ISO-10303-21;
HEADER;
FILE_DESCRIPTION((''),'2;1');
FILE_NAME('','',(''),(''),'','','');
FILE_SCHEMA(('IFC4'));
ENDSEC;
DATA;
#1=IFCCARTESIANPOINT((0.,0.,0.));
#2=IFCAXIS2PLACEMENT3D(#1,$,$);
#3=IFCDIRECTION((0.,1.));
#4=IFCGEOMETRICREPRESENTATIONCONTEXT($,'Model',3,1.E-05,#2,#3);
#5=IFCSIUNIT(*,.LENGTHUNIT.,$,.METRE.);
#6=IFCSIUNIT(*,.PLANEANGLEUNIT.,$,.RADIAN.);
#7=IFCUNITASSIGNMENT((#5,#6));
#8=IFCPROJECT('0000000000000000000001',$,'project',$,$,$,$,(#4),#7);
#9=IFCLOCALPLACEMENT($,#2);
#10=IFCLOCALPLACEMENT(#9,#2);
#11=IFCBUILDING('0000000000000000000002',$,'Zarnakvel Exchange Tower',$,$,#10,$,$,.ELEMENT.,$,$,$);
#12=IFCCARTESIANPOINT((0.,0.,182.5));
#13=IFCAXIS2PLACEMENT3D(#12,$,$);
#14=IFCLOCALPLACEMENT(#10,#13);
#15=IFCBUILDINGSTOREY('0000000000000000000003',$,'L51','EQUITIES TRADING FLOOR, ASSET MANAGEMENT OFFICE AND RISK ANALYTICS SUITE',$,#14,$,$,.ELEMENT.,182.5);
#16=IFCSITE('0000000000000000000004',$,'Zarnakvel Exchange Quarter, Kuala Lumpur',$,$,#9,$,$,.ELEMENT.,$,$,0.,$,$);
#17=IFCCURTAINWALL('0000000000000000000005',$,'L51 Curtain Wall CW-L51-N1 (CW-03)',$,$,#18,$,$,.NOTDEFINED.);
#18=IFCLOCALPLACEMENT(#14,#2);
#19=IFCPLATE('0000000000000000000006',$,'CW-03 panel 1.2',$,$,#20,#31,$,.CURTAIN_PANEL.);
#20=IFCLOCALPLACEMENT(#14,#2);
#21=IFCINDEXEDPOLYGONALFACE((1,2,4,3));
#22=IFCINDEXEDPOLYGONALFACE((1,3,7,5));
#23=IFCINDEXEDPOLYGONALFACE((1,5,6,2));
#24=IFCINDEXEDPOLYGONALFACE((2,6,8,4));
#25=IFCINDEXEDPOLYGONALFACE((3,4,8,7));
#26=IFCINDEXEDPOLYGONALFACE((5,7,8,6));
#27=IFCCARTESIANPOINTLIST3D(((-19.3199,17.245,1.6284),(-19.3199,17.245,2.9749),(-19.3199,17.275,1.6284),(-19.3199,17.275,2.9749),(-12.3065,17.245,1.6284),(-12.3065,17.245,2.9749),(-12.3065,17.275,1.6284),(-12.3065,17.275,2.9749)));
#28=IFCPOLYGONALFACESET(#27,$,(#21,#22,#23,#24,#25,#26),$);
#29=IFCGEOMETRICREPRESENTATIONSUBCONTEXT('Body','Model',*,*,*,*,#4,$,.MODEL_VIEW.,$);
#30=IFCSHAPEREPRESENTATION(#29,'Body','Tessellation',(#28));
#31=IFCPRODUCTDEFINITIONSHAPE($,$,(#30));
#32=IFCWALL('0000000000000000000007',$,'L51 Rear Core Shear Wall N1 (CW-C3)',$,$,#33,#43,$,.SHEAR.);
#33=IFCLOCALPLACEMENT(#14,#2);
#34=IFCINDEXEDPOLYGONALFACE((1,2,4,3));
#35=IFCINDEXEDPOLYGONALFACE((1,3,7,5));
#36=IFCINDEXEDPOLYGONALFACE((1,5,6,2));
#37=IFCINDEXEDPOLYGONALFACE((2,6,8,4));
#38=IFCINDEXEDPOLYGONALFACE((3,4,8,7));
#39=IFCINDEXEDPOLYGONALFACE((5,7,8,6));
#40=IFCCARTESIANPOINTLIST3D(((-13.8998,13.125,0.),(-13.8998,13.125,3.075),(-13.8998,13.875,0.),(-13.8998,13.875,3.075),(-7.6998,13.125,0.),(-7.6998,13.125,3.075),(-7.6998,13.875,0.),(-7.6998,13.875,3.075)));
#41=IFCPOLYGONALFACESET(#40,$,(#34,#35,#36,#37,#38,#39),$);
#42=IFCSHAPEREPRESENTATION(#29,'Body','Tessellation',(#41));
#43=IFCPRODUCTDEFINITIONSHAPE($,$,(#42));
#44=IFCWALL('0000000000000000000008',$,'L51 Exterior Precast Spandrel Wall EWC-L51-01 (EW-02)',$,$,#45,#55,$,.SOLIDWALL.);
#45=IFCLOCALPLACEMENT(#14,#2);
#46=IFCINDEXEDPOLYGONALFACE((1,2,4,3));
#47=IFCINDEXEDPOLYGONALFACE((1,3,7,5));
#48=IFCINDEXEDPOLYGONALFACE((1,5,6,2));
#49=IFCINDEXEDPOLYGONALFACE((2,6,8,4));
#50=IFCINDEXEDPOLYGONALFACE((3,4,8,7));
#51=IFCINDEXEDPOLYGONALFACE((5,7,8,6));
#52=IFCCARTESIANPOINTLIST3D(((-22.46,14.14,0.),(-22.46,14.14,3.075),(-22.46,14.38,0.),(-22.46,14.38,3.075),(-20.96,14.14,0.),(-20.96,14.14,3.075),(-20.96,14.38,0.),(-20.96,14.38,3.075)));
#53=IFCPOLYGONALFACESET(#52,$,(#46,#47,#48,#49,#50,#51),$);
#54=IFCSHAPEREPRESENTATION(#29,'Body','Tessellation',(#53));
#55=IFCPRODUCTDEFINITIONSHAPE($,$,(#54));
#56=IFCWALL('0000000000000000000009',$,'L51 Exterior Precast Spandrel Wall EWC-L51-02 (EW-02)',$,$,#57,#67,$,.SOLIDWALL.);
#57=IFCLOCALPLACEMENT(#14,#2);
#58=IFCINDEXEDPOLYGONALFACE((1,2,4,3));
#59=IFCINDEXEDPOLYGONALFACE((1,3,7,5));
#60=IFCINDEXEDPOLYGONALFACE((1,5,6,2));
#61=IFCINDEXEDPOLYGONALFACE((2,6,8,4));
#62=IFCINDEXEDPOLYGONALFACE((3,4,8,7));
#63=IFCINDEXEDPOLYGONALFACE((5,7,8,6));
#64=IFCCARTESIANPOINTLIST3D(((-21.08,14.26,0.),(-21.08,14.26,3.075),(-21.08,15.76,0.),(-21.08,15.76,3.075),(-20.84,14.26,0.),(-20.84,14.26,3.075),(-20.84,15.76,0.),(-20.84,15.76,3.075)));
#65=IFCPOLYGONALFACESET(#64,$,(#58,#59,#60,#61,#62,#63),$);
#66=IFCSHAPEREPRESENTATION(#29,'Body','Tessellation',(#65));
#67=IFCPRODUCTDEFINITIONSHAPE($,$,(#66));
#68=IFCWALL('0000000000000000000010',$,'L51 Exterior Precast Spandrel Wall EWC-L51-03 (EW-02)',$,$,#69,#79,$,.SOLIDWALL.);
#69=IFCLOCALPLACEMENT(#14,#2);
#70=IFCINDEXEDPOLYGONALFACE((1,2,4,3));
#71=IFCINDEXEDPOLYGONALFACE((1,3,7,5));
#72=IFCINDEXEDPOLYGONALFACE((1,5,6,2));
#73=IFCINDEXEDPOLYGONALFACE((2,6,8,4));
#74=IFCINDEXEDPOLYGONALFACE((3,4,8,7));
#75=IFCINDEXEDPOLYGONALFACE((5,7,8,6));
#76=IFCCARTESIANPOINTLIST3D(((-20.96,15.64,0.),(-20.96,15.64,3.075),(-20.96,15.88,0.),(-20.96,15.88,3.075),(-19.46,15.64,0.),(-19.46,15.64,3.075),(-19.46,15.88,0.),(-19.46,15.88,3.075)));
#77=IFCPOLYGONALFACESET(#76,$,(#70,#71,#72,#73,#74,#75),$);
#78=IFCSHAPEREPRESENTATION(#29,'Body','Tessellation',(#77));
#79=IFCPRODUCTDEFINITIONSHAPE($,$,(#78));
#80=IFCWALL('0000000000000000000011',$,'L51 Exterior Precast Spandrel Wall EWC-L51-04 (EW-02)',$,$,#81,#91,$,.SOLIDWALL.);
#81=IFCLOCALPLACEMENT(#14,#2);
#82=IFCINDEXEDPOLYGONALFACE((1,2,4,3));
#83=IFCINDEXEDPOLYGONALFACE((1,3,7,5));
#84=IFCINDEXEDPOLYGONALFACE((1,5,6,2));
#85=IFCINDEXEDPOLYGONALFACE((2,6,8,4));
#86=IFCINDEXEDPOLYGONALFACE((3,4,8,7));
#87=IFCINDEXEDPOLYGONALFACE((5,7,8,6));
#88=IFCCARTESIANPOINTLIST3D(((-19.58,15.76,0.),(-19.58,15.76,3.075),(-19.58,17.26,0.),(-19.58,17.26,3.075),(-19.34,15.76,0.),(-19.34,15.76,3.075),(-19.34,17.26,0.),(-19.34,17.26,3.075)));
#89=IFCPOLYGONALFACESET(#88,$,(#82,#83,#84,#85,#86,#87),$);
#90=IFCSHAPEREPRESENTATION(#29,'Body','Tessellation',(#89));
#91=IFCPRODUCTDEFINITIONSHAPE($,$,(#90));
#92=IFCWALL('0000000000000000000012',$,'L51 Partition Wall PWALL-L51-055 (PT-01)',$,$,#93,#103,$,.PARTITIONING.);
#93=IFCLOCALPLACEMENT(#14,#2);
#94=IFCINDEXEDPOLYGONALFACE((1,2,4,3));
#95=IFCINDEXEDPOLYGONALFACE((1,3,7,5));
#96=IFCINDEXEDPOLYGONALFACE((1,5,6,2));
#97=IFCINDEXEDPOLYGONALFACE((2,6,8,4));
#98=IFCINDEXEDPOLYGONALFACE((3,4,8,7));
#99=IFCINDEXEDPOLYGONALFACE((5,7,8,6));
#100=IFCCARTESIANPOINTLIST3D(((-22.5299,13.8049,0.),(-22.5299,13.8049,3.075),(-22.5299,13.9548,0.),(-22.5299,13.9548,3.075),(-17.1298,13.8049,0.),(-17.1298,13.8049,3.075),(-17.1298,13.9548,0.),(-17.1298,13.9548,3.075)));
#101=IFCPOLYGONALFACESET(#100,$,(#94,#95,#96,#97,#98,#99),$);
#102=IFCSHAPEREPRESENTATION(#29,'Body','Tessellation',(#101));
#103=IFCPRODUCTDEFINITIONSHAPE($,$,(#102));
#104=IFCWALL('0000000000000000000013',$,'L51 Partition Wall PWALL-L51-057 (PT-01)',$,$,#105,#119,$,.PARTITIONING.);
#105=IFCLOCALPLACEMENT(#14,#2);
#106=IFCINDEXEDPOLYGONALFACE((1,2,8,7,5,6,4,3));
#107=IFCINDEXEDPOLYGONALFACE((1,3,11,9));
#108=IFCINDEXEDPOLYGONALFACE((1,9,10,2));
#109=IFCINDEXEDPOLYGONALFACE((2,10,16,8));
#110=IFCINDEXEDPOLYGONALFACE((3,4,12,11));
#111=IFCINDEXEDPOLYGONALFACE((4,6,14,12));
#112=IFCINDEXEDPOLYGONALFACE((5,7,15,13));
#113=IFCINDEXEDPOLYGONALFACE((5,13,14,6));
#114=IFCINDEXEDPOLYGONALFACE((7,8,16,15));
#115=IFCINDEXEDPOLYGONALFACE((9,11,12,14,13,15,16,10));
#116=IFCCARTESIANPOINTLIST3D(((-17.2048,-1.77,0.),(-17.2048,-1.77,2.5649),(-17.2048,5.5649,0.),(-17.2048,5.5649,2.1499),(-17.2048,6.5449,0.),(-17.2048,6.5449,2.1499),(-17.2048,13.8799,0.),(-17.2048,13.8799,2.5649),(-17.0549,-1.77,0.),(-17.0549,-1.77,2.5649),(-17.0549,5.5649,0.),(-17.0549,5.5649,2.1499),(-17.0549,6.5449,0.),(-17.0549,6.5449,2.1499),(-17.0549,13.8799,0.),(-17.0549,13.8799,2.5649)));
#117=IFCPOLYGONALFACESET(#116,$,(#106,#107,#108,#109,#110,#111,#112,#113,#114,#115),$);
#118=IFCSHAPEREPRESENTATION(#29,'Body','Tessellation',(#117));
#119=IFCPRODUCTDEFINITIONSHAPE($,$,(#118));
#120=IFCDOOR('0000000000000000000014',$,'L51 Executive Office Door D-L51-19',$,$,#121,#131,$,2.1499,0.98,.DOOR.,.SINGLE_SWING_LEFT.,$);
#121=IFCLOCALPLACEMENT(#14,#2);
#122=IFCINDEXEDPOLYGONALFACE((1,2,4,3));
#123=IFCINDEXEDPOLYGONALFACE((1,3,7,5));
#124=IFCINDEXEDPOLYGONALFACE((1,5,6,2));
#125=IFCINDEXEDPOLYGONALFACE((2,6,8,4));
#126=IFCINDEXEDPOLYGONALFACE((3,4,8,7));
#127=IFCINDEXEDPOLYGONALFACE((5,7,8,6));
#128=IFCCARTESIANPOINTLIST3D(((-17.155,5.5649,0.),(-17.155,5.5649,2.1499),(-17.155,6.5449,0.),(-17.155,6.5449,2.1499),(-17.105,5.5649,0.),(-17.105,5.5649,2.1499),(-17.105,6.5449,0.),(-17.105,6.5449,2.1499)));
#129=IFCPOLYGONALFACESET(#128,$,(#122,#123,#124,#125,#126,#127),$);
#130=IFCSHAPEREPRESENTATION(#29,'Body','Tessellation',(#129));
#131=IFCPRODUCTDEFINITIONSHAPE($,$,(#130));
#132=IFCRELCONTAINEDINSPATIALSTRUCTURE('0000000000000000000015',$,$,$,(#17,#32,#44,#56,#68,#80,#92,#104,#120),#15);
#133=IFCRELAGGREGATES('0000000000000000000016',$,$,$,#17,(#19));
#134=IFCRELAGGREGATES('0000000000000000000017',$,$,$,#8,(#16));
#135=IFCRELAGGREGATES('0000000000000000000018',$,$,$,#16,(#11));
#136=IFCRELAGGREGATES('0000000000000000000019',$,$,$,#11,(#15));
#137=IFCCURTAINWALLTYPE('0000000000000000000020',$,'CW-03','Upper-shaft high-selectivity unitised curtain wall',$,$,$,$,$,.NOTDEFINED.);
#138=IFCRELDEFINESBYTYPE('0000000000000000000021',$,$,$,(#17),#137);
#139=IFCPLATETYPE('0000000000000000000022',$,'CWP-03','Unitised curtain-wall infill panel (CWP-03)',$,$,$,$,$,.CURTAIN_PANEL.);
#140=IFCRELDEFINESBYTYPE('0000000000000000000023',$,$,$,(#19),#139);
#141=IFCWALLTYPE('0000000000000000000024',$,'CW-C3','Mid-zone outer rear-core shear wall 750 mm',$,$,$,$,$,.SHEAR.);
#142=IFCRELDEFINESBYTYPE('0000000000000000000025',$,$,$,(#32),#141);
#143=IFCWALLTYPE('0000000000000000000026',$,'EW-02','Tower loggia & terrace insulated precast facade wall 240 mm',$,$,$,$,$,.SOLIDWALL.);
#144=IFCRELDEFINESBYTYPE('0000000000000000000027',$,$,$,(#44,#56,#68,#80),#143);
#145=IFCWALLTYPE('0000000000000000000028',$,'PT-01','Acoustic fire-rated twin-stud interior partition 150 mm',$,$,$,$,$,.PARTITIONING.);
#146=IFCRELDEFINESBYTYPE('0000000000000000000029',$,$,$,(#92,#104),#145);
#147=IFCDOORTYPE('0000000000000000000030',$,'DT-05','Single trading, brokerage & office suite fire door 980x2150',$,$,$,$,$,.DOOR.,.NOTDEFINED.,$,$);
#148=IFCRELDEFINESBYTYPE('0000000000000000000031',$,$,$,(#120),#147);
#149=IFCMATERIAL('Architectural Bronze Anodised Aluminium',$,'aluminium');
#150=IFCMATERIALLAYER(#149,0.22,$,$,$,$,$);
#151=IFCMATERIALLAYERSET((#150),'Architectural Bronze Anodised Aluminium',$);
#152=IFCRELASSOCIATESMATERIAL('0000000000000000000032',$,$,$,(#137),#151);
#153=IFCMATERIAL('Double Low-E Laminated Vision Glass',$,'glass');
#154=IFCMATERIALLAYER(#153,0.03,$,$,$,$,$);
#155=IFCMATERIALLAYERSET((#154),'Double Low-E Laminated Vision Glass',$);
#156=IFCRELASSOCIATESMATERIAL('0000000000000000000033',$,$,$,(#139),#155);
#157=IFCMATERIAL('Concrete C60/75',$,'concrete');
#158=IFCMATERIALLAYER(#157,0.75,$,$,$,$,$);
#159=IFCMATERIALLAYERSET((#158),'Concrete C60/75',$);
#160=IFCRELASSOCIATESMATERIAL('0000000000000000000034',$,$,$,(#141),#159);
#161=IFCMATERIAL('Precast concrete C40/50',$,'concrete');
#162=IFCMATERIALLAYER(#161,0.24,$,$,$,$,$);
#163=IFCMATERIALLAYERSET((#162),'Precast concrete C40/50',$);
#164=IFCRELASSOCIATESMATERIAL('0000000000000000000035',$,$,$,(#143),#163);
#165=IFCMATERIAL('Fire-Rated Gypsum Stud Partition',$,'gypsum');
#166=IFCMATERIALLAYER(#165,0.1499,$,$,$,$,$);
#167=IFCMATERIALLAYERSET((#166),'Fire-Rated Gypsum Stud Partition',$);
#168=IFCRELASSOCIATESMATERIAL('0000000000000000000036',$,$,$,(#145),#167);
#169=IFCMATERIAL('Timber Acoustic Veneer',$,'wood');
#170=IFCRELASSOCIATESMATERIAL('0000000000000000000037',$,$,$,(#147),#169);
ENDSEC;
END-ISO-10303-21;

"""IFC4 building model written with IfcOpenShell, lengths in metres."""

from ifc_helpers import new_model, si_unit, direction, frame, frame_2d, origin, origin_2d, place, context, subcontext, project, spatial, rectangle, extrude, source, transform, mapped, material, layer, layer_set, type_object, element, fill, aggregate, save


model = new_model("IFC4")

# Units and contexts
model_context = context("Model", 3, precision=1e-05, world=origin(), true_north=direction((0.0, 1.0)))
body_context = subcontext(model_context, "Body", "Model", "MODEL_VIEW")
ifc_project = project(units=[si_unit("LENGTHUNIT", "METRE"), si_unit("PLANEANGLEUNIT", "RADIAN")], contexts=[model_context])

# Site, building, storey
site_placement = place(None, origin())
site = spatial("IfcSite", under=ifc_project, at=site_placement, Name="Zarnakvel Exchange Quarter, Kuala Lumpur", CompositionType="ELEMENT", RefElevation=0.0)
building_placement = place(site_placement, origin())
building = spatial("IfcBuilding", under=site, at=building_placement, Name="Zarnakvel Exchange Tower", CompositionType="ELEMENT")
storey_placement = place(building_placement, frame((0.0, 0.0, 182.5)))
storey = spatial("IfcBuildingStorey", under=building, at=storey_placement, Name="L51", Description="EQUITIES TRADING FLOOR, ASSET MANAGEMENT OFFICE AND RISK ANALYTICS SUITE", CompositionType="ELEMENT", Elevation=182.5)

# Shared definitions
ifc_material_1 = material(Name="Concrete C60/75", Category="concrete")

# Shared definitions
ifc_material_2 = material(Name="Architectural Bronze Anodised Aluminium", Category="aluminium")

# Curtain wall, plate
ifc_layer_1 = layer(ifc_material_2, 0.22)
ifc_layer_set_1 = layer_set([ifc_layer_1], Name="Architectural Bronze Anodised Aluminium")
curtain_wall_type_1 = type_object("IfcCurtainWallType", Name="CW-03", Description="Upper-shaft high-selectivity unitised curtain wall", PredefinedType="NOTDEFINED", material=ifc_layer_set_1)
curtain_wall_1_placement = place(storey_placement, origin())
curtain_wall_1 = element("IfcCurtainWall", 1, at=curtain_wall_1_placement, inside=storey, type_object=curtain_wall_type_1, Name="L51 Curtain Wall CW-L51-N1 (CW-03)", PredefinedType="NOTDEFINED")
ifc_material_3 = material(Name="Double Low-E Laminated Vision Glass", Category="glass")
ifc_layer_2 = layer(ifc_material_3, 0.03)
ifc_layer_set_2 = layer_set([ifc_layer_2], Name="Double Low-E Laminated Vision Glass")
plate_type = type_object("IfcPlateType", Name="CWP-03", Description="Unitised curtain-wall infill panel (CWP-03)", PredefinedType="CURTAIN_PANEL", material=ifc_layer_set_2)
shared_shape_1 = source(origin(), body_context, "Body", "SweptSolid", [
    extrude(rectangle(XDim=7.0134, YDim=0.03, at=origin_2d()), origin(), (0.0, 0.0, 1.0), 1.3464),
])
plate_1_placement = place(storey_placement, frame((-15.8132, 17.26, 1.6284), z_axis=(0.0, 0.0, 1.0), x_axis=(1.0, 0.0, 0.0)))
plate_1 = element("IfcPlate", 2, at=plate_1_placement, type_object=plate_type, Name="CW-03 panel 1.2", PredefinedType="CURTAIN_PANEL", context=body_context, shape_type="MappedRepresentation", body=[
    mapped(shared_shape_1, transform((0.0, 0.0, 0.0), x_axis=(1.0, 0.0, 0.0), y_axis=(0.0, 1.0, 0.0), z_axis=(0.0, 0.0, 1.0), scale=1.0)),
])
aggregate(curtain_wall_1, [plate_1])

# Walls
ifc_layer_3 = layer(ifc_material_1, 0.75)
ifc_layer_set_3 = layer_set([ifc_layer_3], Name="Concrete C60/75")
wall_type_1 = type_object("IfcWallType", Name="CW-C3", Description="Mid-zone outer rear-core shear wall 750 mm", PredefinedType="SHEAR", material=ifc_layer_set_3)
wall_1_placement = place(storey_placement, frame((-13.8999, 13.5, 0.0), z_axis=(0.0, 0.0, 1.0), x_axis=(1.0, 0.0, 0.0)))
element("IfcWall", 3, at=wall_1_placement, inside=storey, type_object=wall_type_1, Name="L51 Rear Core Shear Wall N1 (CW-C3)", PredefinedType="SHEAR", context=body_context, shape_type="SweptSolid", body=[
    extrude(rectangle(XDim=6.2, YDim=0.75, at=frame_2d((3.1001, 0.0))), origin(), (0.0, 0.0, 1.0), 3.075),
])
ifc_material_4 = material(Name="Precast concrete C40/50", Category="concrete")
ifc_layer_4 = layer(ifc_material_4, 0.24)
ifc_layer_set_4 = layer_set([ifc_layer_4], Name="Precast concrete C40/50")
wall_type_2 = type_object("IfcWallType", Name="EW-02", Description="Tower loggia & terrace insulated precast facade wall 240 mm", PredefinedType="SOLIDWALL", material=ifc_layer_set_4)
for number, where, z_axis, x_axis, name in (
    (4, (-20.96, 14.26, 0.0), (0.0, 0.0, 1.0), (-1.0, 0.0, 0.0), "L51 Exterior Precast Spandrel Wall EWC-L51-01 (EW-02)"),
    (5, (-20.96, 15.76, 0.0), (0.0, 0.0, 1.0), (0.0, -1.0, 0.0), "L51 Exterior Precast Spandrel Wall EWC-L51-02 (EW-02)"),
    (6, (-19.46, 15.76, 0.0), (0.0, 0.0, 1.0), (-1.0, 0.0, 0.0), "L51 Exterior Precast Spandrel Wall EWC-L51-03 (EW-02)"),
    (7, (-19.46, 17.26, 0.0), (0.0, 0.0, 1.0), (0.0, -1.0, 0.0), "L51 Exterior Precast Spandrel Wall EWC-L51-04 (EW-02)"),
):
    element("IfcWall", number, at=place(storey_placement, frame(where, z_axis=z_axis, x_axis=x_axis)), inside=storey, type_object=wall_type_2, Name=name, PredefinedType="SOLIDWALL", context=body_context, shape_type="SweptSolid", body=[
        extrude(rectangle(XDim=1.5, YDim=0.24, at=frame_2d((0.75, 0.0))), origin(), (0.0, 0.0, 1.0), 3.075),
    ])
ifc_material_5 = material(Name="Fire-Rated Gypsum Stud Partition", Category="gypsum")
ifc_layer_5 = layer(ifc_material_5, 0.1499)
ifc_layer_set_5 = layer_set([ifc_layer_5], Name="Fire-Rated Gypsum Stud Partition")
wall_type_3 = type_object("IfcWallType", Name="PT-01", Description="Acoustic fire-rated twin-stud interior partition 150 mm", PredefinedType="PARTITIONING", material=ifc_layer_set_5)
wall_2_placement = place(storey_placement, frame((-22.53, 13.8799, 0.0), z_axis=(0.0, 0.0, 1.0), x_axis=(1.0, 0.0, 0.0)))
element("IfcWall", 8, at=wall_2_placement, inside=storey, type_object=wall_type_3, Name="L51 Partition Wall PWALL-L51-055 (PT-01)", PredefinedType="PARTITIONING", context=body_context, shape_type="SweptSolid", body=[
    extrude(rectangle(XDim=5.4001, YDim=0.1499, at=frame_2d((2.7002, 0.0))), origin(), (0.0, 0.0, 1.0), 3.075),
])

# Wall, opening, door
wall_3_placement = place(storey_placement, frame((-17.1299, 13.8799, 0.0), z_axis=(0.0, 0.0, 1.0), x_axis=(0.0, -1.0, 0.0)))
wall_3 = element("IfcWall", 9, at=wall_3_placement, inside=storey, type_object=wall_type_3, Name="L51 Partition Wall PWALL-L51-057 (PT-01)", PredefinedType="PARTITIONING", context=body_context, shape_type="SweptSolid", body=[
    extrude(rectangle(XDim=15.6499, YDim=0.1499, at=frame_2d((7.825, 0.0))), origin(), (0.0, 0.0, 1.0), 2.5649),
])
opening_placement = place(wall_3_placement, frame((7.335, 0.0, 0.0)))
opening = element("IfcOpeningElement", 10, at=opening_placement, cuts=wall_3, PredefinedType="OPENING", context=body_context, shape_type="SweptSolid", body=[
    extrude(rectangle(XDim=0.98, YDim=2.1499, at=frame_2d((0.49, 1.075))), frame((0.0, 0.085, 0.0), z_axis=(0.0, -1.0, 0.0), x_axis=(1.0, 0.0, 0.0)), (0.0, 0.0, 1.0), 0.1699),
])
ifc_material_6 = material(Name="Timber Acoustic Veneer", Category="wood")
door_type = type_object("IfcDoorType", Name="DT-05", Description="Single trading, brokerage & office suite fire door 980x2150", OperationType="NOTDEFINED", PredefinedType="DOOR", material=ifc_material_6)
shared_shape_2 = source(origin(), body_context, "Body", "SweptSolid", [
    extrude(rectangle(XDim=0.98, YDim=2.1499, at=frame_2d((0.49, 1.075))), frame((0.0, 0.0249, 0.0), z_axis=(0.0, -1.0, 0.0), x_axis=(1.0, 0.0, 0.0)), (0.0, 0.0, 1.0), 0.05),
])
door_placement = place(opening_placement, origin())
door = element("IfcDoor", 11, at=door_placement, inside=storey, type_object=door_type, Name="L51 Executive Office Door D-L51-19", OperationType="SINGLE_SWING_LEFT", OverallHeight=2.1499, OverallWidth=0.98, PredefinedType="DOOR", context=body_context, shape_type="MappedRepresentation", body=[
    mapped(shared_shape_2, transform((0.0, 0.0, 0.0), x_axis=(1.0, 0.0, 0.0), y_axis=(0.0, 1.0, 0.0), z_axis=(0.0, 0.0, 1.0), scale=1.0)),
])
fill(opening, door)

save(model, "model.ifc")
